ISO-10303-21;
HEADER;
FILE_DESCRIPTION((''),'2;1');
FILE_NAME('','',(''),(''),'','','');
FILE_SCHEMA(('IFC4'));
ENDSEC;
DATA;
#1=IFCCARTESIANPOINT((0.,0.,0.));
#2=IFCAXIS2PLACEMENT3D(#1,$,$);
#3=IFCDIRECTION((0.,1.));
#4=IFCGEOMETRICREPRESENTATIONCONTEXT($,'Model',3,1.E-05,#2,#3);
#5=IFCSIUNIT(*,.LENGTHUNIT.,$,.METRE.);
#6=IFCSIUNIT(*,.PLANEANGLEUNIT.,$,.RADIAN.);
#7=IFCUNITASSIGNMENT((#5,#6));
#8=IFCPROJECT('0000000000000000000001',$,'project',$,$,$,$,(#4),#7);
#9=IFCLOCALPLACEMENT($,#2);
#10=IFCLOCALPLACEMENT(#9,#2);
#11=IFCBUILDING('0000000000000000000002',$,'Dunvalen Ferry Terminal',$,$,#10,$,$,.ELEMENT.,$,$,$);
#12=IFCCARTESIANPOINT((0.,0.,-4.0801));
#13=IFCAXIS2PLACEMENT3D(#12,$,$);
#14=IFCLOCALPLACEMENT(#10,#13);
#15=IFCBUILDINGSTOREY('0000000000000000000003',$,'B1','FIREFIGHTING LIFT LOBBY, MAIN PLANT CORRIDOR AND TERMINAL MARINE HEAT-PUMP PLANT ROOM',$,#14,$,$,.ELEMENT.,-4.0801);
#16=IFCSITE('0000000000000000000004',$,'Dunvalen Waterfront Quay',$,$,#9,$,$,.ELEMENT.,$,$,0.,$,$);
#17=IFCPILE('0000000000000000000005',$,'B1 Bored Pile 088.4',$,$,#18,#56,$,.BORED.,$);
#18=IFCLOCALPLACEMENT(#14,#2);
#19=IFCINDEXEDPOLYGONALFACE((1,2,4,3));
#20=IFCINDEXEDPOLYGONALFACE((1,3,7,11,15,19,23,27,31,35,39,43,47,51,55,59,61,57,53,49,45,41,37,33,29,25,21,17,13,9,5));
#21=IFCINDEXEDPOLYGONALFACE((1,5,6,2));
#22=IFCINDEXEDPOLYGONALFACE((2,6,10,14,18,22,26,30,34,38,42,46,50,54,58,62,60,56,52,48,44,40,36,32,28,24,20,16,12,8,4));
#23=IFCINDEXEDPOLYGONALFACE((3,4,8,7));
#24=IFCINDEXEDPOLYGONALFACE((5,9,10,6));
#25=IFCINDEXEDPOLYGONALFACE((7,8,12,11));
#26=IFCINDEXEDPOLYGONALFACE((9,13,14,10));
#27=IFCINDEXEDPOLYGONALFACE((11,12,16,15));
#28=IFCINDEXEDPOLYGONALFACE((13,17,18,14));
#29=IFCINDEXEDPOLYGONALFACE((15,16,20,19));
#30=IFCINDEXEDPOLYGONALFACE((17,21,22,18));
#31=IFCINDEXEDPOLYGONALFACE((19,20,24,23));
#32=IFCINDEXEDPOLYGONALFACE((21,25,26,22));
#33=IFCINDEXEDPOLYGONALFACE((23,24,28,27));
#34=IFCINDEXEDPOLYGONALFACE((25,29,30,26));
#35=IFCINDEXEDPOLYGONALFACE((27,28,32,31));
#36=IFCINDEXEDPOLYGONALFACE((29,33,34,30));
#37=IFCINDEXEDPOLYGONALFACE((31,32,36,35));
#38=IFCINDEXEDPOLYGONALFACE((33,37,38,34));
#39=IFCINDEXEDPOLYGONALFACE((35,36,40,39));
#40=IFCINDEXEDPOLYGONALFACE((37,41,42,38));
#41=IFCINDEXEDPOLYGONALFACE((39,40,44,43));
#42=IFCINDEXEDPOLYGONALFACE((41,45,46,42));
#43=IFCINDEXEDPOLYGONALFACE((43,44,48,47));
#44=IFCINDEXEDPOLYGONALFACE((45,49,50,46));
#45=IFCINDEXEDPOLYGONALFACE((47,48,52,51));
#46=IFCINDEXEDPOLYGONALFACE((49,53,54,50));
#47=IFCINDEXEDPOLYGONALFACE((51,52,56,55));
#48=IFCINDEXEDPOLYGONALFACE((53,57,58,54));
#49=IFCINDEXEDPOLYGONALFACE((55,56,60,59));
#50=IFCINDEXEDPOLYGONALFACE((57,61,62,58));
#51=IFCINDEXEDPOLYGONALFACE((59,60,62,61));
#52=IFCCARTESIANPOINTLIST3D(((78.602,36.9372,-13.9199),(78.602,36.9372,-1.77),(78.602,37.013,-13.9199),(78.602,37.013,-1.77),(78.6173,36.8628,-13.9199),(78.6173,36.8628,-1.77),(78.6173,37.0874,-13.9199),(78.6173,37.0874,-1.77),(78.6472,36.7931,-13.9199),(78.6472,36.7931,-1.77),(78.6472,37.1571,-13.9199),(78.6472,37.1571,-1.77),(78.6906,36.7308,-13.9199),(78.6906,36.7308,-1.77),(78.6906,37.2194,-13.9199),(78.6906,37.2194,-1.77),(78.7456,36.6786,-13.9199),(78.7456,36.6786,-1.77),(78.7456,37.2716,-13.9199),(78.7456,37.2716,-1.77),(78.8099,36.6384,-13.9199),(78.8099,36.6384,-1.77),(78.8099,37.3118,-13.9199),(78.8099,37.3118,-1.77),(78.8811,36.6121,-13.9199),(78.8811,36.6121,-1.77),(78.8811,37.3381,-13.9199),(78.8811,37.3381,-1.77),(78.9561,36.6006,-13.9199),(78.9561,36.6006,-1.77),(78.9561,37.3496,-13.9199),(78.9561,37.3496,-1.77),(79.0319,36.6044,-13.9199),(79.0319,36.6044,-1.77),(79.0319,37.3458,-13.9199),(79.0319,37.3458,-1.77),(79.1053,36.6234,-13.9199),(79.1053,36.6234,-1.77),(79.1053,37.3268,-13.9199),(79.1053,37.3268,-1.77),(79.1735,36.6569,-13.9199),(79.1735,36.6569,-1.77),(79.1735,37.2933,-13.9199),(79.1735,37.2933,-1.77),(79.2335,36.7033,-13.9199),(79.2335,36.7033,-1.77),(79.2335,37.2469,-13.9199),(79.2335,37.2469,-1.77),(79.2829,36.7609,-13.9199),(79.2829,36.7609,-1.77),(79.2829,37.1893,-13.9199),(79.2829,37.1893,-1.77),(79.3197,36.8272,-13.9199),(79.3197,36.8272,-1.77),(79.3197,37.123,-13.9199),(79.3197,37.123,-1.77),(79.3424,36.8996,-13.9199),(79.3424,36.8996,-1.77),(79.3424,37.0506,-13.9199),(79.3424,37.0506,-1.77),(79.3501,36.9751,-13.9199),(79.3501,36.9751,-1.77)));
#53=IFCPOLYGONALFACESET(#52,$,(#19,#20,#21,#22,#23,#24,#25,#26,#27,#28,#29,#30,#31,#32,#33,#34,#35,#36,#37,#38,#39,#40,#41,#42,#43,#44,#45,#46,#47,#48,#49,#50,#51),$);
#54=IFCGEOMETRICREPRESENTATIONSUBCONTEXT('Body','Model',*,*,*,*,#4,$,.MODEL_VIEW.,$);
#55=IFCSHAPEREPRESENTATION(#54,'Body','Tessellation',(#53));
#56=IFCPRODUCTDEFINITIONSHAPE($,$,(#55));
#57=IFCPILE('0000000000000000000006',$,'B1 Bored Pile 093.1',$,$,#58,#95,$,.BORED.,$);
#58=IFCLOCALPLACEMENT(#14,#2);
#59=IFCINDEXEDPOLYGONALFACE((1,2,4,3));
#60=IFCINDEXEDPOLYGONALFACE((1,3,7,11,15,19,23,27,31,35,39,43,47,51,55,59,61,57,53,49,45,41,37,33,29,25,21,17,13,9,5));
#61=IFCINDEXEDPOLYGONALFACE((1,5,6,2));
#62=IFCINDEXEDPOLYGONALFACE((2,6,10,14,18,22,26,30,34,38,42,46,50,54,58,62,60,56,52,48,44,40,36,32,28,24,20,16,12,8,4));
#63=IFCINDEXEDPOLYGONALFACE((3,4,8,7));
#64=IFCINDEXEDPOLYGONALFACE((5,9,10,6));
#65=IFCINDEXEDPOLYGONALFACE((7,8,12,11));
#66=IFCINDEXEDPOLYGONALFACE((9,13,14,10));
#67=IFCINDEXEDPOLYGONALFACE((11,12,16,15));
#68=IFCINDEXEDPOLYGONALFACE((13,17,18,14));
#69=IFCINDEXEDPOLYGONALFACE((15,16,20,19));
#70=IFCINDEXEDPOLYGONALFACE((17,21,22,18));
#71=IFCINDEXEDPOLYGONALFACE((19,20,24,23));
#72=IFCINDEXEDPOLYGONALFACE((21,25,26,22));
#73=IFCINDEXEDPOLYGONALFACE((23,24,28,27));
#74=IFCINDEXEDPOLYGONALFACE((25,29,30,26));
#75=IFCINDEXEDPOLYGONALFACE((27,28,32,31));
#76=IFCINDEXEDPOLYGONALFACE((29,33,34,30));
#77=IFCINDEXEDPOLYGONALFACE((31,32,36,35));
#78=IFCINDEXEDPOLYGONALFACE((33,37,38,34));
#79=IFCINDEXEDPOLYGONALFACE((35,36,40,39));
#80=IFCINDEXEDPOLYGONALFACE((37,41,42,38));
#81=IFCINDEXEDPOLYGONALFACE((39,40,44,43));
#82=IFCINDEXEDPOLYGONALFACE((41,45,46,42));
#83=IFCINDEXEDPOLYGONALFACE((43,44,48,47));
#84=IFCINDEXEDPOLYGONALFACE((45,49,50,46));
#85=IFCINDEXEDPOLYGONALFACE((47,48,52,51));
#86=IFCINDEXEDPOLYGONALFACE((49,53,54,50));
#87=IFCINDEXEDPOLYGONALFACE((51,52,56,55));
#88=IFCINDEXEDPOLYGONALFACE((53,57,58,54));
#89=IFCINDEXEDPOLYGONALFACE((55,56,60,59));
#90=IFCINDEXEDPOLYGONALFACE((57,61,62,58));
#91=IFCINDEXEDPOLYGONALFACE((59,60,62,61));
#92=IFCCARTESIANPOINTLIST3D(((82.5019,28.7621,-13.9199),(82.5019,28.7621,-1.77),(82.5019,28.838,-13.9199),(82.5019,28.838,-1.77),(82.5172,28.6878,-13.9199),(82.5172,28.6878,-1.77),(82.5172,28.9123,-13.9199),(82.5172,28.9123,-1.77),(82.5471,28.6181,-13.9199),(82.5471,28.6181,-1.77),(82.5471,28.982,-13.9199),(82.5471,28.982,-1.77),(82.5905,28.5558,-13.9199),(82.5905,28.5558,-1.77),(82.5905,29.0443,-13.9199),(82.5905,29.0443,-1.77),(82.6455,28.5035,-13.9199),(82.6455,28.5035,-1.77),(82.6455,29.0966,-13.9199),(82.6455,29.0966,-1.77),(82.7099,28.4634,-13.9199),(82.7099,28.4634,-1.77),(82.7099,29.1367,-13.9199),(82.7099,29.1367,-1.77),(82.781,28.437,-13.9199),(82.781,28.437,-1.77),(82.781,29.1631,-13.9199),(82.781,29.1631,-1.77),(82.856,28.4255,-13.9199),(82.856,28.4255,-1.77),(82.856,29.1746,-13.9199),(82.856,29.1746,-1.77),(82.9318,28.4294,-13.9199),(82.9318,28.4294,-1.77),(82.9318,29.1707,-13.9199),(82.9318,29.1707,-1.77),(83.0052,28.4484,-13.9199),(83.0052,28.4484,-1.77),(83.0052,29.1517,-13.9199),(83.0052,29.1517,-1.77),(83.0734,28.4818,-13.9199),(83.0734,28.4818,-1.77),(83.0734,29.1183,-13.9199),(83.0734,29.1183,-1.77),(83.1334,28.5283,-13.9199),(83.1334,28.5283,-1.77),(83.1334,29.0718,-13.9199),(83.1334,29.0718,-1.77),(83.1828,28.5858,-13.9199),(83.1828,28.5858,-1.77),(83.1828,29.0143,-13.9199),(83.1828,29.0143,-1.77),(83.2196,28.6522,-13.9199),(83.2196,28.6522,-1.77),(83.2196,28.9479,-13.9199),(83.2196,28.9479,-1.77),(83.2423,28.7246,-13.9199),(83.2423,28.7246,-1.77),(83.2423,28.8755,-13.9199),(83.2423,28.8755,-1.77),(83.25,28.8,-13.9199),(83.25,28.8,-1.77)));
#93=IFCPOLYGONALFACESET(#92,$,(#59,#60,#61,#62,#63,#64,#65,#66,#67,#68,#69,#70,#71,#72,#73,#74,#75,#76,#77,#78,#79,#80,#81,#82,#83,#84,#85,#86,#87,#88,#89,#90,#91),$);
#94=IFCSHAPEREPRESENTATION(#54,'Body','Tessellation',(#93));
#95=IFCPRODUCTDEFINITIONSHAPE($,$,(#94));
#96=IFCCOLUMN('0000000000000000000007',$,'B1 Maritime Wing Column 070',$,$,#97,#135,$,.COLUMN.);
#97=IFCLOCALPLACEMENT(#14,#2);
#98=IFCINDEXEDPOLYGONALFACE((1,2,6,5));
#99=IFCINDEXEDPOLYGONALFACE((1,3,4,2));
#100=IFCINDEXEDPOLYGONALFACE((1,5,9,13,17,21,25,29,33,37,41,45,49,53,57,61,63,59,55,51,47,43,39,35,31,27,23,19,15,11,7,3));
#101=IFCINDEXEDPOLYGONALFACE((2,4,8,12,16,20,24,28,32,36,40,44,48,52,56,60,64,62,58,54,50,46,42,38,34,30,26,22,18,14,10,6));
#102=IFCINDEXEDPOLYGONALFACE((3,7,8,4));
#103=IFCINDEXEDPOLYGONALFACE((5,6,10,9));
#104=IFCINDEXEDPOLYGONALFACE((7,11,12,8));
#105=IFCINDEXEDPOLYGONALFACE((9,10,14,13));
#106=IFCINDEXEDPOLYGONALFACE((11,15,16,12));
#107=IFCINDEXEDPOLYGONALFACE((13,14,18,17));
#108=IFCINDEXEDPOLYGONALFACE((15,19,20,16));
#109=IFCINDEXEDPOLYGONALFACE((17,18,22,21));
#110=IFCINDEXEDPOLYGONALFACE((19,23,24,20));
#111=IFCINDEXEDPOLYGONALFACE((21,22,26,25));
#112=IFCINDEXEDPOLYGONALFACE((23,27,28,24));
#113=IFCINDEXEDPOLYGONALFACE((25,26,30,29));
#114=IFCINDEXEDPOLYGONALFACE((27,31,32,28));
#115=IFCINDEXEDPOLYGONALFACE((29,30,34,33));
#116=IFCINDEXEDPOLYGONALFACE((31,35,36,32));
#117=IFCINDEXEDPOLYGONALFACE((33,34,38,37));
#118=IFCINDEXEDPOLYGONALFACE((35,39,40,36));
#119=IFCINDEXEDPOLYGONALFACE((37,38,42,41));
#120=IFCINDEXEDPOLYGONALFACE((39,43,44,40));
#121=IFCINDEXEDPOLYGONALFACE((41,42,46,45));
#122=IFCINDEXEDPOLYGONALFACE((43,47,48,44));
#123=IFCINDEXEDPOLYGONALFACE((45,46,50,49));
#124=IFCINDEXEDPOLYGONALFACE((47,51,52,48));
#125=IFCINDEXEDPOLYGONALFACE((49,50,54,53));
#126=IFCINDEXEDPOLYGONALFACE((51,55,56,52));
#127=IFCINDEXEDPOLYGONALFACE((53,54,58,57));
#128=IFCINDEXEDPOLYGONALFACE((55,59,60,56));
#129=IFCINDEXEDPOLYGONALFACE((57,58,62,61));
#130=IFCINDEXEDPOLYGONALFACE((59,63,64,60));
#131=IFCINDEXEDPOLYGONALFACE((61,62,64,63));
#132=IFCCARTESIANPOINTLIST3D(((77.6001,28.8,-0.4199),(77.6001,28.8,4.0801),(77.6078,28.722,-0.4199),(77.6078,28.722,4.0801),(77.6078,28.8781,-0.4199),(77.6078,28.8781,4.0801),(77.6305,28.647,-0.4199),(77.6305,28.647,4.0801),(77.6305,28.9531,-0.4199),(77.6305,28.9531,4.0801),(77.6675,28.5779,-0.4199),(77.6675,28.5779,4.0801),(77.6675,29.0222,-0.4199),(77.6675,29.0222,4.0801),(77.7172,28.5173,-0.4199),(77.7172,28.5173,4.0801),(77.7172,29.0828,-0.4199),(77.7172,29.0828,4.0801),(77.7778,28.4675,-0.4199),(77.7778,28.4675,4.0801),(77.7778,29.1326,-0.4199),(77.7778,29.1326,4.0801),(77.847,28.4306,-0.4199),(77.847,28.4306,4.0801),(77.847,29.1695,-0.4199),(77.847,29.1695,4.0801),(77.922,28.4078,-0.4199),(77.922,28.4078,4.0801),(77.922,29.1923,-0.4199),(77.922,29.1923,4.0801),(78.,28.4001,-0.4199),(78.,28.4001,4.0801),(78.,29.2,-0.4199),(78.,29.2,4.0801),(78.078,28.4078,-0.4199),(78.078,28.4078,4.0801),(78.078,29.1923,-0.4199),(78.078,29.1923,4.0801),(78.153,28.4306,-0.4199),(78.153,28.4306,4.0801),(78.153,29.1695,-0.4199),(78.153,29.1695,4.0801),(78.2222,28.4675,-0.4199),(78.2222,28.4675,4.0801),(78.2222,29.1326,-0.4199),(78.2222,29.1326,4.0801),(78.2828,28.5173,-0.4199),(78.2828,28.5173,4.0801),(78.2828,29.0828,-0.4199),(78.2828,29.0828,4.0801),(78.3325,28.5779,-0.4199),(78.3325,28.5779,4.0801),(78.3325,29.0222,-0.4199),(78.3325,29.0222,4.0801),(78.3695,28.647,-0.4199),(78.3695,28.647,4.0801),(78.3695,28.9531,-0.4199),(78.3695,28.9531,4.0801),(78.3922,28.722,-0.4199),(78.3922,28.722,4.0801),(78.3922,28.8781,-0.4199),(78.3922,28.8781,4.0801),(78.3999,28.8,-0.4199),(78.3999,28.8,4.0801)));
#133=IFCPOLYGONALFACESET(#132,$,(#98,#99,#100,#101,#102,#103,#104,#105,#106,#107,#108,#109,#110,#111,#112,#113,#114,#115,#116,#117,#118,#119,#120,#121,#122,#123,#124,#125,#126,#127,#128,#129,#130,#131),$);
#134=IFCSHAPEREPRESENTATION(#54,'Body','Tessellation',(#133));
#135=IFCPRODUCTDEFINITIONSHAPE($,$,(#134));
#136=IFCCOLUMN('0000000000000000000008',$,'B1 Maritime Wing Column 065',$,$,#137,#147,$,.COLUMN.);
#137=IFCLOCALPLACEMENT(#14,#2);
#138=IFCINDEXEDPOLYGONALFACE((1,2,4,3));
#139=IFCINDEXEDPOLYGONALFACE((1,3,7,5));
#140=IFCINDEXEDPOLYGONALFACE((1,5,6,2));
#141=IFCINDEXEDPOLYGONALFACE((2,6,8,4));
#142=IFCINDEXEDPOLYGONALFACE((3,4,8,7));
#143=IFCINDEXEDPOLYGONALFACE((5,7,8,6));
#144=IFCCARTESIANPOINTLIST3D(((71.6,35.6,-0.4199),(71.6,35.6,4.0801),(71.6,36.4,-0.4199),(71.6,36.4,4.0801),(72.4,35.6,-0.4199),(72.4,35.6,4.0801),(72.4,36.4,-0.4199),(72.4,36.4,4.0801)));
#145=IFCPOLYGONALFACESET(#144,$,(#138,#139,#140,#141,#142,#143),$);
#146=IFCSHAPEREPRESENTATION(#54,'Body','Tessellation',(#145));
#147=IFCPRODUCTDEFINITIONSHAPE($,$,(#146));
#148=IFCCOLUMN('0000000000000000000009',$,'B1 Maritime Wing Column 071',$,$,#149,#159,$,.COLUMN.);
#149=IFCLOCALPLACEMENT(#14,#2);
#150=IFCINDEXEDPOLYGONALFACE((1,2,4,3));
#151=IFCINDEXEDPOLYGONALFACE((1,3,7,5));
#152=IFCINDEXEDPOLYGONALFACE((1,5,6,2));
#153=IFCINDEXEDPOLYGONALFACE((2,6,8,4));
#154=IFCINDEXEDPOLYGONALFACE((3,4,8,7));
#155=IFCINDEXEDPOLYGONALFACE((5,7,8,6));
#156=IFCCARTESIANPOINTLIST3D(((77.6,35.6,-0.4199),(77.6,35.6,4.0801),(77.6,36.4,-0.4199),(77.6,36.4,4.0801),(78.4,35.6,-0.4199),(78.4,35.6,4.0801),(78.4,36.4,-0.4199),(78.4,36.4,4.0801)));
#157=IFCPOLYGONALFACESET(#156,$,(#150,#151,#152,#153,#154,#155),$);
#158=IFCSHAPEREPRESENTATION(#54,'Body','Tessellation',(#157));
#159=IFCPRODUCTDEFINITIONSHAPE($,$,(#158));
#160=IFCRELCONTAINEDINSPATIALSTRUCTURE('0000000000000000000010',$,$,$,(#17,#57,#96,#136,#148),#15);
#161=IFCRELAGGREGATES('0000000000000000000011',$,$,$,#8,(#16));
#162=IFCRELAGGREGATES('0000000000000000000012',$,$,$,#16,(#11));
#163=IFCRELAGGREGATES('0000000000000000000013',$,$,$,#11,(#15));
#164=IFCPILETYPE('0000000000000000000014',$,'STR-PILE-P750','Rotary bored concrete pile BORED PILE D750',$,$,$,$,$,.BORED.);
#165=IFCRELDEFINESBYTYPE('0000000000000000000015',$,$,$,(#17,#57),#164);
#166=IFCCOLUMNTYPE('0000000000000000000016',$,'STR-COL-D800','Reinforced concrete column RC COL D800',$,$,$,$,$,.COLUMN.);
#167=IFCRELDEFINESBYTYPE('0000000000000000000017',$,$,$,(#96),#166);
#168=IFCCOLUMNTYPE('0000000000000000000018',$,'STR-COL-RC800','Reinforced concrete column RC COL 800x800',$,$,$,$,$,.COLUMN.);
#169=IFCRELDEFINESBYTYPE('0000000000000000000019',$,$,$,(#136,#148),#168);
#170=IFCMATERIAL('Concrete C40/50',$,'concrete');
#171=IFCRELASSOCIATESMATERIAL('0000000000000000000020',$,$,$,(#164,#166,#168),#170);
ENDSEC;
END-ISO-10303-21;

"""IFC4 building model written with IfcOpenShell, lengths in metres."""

from ifc_helpers import new_model, si_unit, direction, frame, origin, origin_2d, place, context, subcontext, project, spatial, rectangle, circle, extrude, material, material_profile, profile_set, type_object, element, save


model = new_model("IFC4")

# Units and contexts
model_context = context("Model", 3, precision=1e-05, world=origin(), true_north=direction((0.0, 1.0)))
body_context = subcontext(model_context, "Body", "Model", "MODEL_VIEW")
ifc_project = project(units=[si_unit("LENGTHUNIT", "METRE"), si_unit("PLANEANGLEUNIT", "RADIAN")], contexts=[model_context])

# Site, building, storey
site_placement = place(None, origin())
site = spatial("IfcSite", under=ifc_project, at=site_placement, Name="Dunvalen Waterfront Quay", CompositionType="ELEMENT", RefElevation=0.0)
building_placement = place(site_placement, origin())
building = spatial("IfcBuilding", under=site, at=building_placement, Name="Dunvalen Ferry Terminal", CompositionType="ELEMENT")
storey_placement = place(building_placement, frame((0.0, 0.0, -4.0801)))
storey = spatial("IfcBuildingStorey", under=building, at=storey_placement, Name="B1", Description="FIREFIGHTING LIFT LOBBY, MAIN PLANT CORRIDOR AND TERMINAL MARINE HEAT-PUMP PLANT ROOM", CompositionType="ELEMENT", Elevation=-4.0801)

# Shared definitions
ifc_material = material(Name="Concrete C40/50", Category="concrete")

# Piles
ifc_material_profile_1 = material_profile(ifc_material, circle(Radius=0.375, at=origin_2d()), Name="Concrete C40/50")
ifc_profile_set_1 = profile_set([ifc_material_profile_1], Name="Concrete C40/50")
pile_type = type_object("IfcPileType", Name="STR-PILE-P750", Description="Rotary bored concrete pile BORED PILE D750", PredefinedType="BORED", material=ifc_profile_set_1)
for number, where, z_axis, x_axis, name in (
    (1, (78.9751, 36.9751, -1.77), (0.0, 0.0, -1.0), (1.0, 0.0, 0.0), "B1 Bored Pile 088.4"),
    (2, (82.875, 28.8, -1.77), (0.0, 0.0, -1.0), (1.0, 0.0, 0.0), "B1 Bored Pile 093.1"),
):
    element("IfcPile", number, at=place(storey_placement, frame(where, z_axis=z_axis, x_axis=x_axis)), inside=storey, type_object=pile_type, Name=name, PredefinedType="BORED", context=body_context, shape_type="SweptSolid", body=[
        extrude(circle(Radius=0.375, at=origin_2d()), origin(), (0.0, 0.0, 1.0), 12.1499),
    ])

# Columns
ifc_material_profile_2 = material_profile(ifc_material, circle(Radius=0.3999, at=origin_2d()), Name="Concrete C40/50")
ifc_profile_set_2 = profile_set([ifc_material_profile_2], Name="Concrete C40/50")
column_type_1 = type_object("IfcColumnType", Name="STR-COL-D800", Description="Reinforced concrete column RC COL D800", PredefinedType="COLUMN", material=ifc_profile_set_2)
column_placement = place(storey_placement, frame((78.0, 28.8, -0.4199), z_axis=(0.0, 0.0, 1.0), x_axis=(1.0, 0.0, 0.0)))
element("IfcColumn", 3, at=column_placement, inside=storey, type_object=column_type_1, Name="B1 Maritime Wing Column 070", PredefinedType="COLUMN", context=body_context, shape_type="SweptSolid", body=[
    extrude(circle(Radius=0.3999, at=origin_2d()), origin(), (0.0, 0.0, 1.0), 4.5),
])
ifc_material_profile_3 = material_profile(ifc_material, rectangle(XDim=0.8, YDim=0.8, at=origin_2d()), Name="Concrete C40/50")
ifc_profile_set_3 = profile_set([ifc_material_profile_3], Name="Concrete C40/50")
column_type_2 = type_object("IfcColumnType", Name="STR-COL-RC800", Description="Reinforced concrete column RC COL 800x800", PredefinedType="COLUMN", material=ifc_profile_set_3)
for number, where, z_axis, x_axis, name in (
    (4, (72.0, 36.0, -0.4199), (0.0, 0.0, 1.0), (1.0, 0.0, 0.0), "B1 Maritime Wing Column 065"),
    (5, (78.0, 36.0, -0.4199), (0.0, 0.0, 1.0), (1.0, 0.0, 0.0), "B1 Maritime Wing Column 071"),
):
    element("IfcColumn", number, at=place(storey_placement, frame(where, z_axis=z_axis, x_axis=x_axis)), inside=storey, type_object=column_type_2, Name=name, PredefinedType="COLUMN", context=body_context, shape_type="SweptSolid", body=[
        extrude(rectangle(XDim=0.8, YDim=0.8, at=origin_2d()), origin(), (0.0, 0.0, 1.0), 4.5),
    ])

save(model, "model.ifc")
